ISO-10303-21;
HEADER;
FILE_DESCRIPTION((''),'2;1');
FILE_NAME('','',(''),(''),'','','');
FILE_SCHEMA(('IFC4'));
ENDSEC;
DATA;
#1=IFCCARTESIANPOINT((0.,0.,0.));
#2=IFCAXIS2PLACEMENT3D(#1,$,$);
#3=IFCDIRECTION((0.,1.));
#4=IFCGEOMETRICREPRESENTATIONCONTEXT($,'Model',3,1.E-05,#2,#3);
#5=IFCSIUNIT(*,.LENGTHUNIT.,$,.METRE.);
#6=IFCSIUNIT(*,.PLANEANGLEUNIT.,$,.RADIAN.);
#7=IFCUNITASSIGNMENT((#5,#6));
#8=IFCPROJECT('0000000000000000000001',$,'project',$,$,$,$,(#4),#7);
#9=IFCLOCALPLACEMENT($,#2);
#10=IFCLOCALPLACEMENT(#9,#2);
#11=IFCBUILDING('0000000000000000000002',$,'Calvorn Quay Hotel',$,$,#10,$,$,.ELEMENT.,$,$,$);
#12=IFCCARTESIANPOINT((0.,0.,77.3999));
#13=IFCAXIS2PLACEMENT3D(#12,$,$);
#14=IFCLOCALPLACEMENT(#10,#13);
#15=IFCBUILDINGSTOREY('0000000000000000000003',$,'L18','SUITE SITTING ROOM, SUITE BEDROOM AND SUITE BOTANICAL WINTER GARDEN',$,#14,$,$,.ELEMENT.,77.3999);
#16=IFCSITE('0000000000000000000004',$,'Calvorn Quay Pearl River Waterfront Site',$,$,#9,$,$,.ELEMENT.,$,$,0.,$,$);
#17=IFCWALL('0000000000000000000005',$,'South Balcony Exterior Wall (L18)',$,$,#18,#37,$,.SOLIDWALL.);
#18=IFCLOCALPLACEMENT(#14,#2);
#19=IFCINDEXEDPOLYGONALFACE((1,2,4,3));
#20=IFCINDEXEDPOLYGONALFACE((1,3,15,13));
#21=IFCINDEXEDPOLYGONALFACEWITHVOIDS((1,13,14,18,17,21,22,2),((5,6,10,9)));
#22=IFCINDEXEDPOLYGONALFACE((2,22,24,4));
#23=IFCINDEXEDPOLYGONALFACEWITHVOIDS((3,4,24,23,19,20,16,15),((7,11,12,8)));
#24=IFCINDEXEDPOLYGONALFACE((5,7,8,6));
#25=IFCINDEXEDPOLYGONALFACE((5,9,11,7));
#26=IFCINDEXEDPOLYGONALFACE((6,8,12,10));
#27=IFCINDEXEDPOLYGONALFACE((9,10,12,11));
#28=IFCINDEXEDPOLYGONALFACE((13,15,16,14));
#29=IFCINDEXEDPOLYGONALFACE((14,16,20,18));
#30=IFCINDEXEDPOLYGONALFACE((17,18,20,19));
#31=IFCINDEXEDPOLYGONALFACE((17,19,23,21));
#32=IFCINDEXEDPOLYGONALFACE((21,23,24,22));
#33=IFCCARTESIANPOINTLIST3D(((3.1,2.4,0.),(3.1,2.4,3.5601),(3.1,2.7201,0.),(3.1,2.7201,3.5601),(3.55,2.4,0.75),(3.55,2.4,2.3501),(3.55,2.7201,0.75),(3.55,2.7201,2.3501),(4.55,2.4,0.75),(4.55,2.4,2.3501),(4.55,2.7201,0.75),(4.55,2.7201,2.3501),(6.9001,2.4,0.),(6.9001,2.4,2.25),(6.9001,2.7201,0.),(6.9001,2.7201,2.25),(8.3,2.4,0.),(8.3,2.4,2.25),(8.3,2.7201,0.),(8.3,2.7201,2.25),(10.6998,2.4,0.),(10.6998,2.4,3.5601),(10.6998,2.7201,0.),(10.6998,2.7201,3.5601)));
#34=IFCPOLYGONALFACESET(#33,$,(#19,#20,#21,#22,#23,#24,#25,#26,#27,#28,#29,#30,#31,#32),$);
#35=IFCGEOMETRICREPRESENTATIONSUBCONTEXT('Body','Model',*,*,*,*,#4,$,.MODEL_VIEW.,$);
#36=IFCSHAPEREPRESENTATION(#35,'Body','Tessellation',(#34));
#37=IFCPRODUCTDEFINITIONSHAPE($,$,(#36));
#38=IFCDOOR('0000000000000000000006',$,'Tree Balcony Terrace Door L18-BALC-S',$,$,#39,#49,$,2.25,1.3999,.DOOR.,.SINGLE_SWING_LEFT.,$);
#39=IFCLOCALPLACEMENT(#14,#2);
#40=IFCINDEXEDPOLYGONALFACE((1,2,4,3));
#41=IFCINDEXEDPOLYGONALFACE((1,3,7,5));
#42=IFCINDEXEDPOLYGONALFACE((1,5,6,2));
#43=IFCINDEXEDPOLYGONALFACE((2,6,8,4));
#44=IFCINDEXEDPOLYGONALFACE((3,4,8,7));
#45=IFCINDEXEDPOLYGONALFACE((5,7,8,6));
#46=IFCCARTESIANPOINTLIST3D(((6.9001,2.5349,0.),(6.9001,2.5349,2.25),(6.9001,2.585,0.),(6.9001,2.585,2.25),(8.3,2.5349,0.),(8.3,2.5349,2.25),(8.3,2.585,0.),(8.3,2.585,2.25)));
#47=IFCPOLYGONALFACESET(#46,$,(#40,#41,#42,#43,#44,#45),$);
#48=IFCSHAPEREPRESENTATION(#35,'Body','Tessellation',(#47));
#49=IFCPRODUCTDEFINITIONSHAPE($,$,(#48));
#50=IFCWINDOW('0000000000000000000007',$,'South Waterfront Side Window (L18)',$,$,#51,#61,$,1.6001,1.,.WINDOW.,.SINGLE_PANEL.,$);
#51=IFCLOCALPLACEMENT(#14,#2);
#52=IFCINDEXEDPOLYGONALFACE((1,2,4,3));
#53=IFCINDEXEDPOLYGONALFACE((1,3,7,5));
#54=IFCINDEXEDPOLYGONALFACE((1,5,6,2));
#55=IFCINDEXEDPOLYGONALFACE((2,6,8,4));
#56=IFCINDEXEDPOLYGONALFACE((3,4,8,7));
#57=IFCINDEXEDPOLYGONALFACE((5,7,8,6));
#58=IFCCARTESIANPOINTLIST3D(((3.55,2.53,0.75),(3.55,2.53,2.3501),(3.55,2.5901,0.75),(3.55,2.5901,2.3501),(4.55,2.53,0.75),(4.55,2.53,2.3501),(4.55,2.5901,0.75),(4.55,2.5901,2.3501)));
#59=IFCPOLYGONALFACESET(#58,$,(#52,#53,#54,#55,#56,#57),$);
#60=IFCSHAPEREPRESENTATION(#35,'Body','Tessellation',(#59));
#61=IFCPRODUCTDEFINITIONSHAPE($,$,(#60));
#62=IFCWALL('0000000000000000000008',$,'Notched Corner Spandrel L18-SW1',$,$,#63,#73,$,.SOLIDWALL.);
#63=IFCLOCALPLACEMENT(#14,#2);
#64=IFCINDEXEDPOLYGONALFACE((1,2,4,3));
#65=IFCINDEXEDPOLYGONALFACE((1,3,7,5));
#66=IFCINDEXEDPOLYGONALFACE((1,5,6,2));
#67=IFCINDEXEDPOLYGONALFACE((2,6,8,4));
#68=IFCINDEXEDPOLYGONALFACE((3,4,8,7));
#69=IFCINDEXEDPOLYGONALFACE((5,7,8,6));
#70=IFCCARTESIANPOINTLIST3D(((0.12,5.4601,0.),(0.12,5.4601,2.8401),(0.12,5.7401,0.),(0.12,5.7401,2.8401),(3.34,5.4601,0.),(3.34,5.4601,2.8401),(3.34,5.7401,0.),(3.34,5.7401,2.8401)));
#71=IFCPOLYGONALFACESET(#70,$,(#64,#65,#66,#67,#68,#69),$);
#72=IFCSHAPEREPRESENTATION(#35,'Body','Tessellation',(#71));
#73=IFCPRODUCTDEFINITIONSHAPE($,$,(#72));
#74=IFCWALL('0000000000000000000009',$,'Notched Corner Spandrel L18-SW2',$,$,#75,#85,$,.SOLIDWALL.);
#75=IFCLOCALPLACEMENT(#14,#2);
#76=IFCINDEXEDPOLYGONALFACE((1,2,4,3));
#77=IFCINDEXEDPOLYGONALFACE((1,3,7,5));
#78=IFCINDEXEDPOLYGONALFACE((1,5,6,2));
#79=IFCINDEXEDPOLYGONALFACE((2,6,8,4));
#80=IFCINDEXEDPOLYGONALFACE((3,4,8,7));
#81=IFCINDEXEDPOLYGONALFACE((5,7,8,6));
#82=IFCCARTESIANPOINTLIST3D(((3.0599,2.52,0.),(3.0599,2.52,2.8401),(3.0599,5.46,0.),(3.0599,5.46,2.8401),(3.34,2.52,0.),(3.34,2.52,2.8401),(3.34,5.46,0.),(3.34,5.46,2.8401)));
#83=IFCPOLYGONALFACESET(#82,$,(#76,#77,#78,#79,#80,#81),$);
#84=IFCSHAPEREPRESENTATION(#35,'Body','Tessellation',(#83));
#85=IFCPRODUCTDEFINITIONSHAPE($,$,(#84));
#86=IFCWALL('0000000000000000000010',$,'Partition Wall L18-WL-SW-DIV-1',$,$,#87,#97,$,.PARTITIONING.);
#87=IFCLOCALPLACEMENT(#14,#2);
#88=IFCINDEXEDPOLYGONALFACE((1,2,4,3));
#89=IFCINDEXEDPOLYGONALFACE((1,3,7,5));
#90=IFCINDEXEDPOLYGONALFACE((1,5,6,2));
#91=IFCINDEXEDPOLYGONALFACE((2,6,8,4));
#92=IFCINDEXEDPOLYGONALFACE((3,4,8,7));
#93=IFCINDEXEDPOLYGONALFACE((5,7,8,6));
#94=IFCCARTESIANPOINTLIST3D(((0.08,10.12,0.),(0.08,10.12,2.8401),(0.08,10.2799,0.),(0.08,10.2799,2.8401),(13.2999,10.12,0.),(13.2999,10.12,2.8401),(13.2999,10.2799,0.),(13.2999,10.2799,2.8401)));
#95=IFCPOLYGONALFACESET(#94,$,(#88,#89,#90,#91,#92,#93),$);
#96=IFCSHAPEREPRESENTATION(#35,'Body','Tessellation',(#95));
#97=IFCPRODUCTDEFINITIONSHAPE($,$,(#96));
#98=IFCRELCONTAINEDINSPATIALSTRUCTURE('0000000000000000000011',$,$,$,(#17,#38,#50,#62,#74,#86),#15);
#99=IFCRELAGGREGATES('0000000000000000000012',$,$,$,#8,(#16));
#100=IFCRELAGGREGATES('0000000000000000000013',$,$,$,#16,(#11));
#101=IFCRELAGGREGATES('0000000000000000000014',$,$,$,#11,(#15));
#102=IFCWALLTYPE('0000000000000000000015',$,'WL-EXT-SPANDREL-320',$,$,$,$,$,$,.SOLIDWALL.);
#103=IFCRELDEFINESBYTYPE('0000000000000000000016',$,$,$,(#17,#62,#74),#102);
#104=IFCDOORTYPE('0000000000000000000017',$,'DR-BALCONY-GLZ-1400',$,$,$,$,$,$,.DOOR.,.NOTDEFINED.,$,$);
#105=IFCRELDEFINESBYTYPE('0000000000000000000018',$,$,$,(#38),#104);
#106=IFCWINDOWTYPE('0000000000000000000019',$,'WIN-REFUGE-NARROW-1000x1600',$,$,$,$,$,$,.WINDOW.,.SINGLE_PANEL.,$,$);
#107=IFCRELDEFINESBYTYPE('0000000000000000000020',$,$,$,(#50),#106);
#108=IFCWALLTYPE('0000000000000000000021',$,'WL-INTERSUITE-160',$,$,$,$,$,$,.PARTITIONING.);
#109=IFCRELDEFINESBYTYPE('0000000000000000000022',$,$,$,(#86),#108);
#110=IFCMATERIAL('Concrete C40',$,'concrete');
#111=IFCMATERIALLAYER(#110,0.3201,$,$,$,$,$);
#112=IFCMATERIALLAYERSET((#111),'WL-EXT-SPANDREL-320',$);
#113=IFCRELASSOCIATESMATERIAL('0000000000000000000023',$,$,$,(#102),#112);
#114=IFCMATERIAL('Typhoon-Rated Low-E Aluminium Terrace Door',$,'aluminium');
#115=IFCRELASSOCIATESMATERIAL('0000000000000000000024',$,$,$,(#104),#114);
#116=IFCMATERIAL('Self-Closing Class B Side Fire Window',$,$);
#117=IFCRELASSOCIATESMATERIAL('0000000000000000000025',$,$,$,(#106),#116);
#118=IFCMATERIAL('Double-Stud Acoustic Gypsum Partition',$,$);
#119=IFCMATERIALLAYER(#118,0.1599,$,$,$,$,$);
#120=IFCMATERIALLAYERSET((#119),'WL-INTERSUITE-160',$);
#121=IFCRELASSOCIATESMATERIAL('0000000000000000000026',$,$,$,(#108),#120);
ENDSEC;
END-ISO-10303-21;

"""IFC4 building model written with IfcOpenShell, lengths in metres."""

from ifc_helpers import new_model, si_unit, direction, frame, frame_2d, origin, place, context, subcontext, project, spatial, rectangle, extrude, material, layer, layer_set, type_object, element, fill, save


model = new_model("IFC4")

# Units and contexts
model_context = context("Model", 3, precision=1e-05, world=origin(), true_north=direction((0.0, 1.0)))
body_context = subcontext(model_context, "Body", "Model", "MODEL_VIEW")
ifc_project = project(units=[si_unit("LENGTHUNIT", "METRE"), si_unit("PLANEANGLEUNIT", "RADIAN")], contexts=[model_context])

# Site, building, storey
site_placement = place(None, origin())
site = spatial("IfcSite", under=ifc_project, at=site_placement, Name="Calvorn Quay Pearl River Waterfront Site", CompositionType="ELEMENT", RefElevation=0.0)
building_placement = place(site_placement, origin())
building = spatial("IfcBuilding", under=site, at=building_placement, Name="Calvorn Quay Hotel", CompositionType="ELEMENT")
storey_placement = place(building_placement, frame((0.0, 0.0, 77.3999)))
storey = spatial("IfcBuildingStorey", under=building, at=storey_placement, Name="L18", Description="SUITE SITTING ROOM, SUITE BEDROOM AND SUITE BOTANICAL WINTER GARDEN", CompositionType="ELEMENT", Elevation=77.3999)

# Wall, openings, door, window
ifc_material_1 = material(Name="Concrete C40", Category="concrete")
ifc_layer_1 = layer(ifc_material_1, 0.3201)
ifc_layer_set_1 = layer_set([ifc_layer_1], Name="WL-EXT-SPANDREL-320")
wall_type_1 = type_object("IfcWallType", Name="WL-EXT-SPANDREL-320", PredefinedType="SOLIDWALL", material=ifc_layer_set_1)
wall_1_placement = place(storey_placement, frame((3.1001, 2.5601, 0.0), z_axis=(0.0, 0.0, 1.0), x_axis=(1.0, 0.0, 0.0)))
wall_1 = element("IfcWall", 1, at=wall_1_placement, inside=storey, type_object=wall_type_1, Name="South Balcony Exterior Wall (L18)", PredefinedType="SOLIDWALL", context=body_context, shape_type="SweptSolid", body=[
    extrude(rectangle(XDim=7.5999, YDim=0.3201, at=frame_2d((3.7998, 0.0))), origin(), (0.0, 0.0, 1.0), 3.5601),
])
opening_1_placement = place(wall_1_placement, frame((0.45, 0.0, 0.75)))
opening_1 = element("IfcOpeningElement", 2, at=opening_1_placement, cuts=wall_1, PredefinedType="OPENING", context=body_context, shape_type="SweptSolid", body=[
    extrude(rectangle(XDim=1.0, YDim=1.6001, at=frame_2d((0.5, 0.8))), frame((0.0, 0.1699, 0.0), z_axis=(0.0, -1.0, 0.0), x_axis=(1.0, 0.0, 0.0)), (0.0, 0.0, 1.0), 0.3401),
])
opening_2_placement = place(wall_1_placement, frame((3.8, 0.0, 0.0)))
opening_2 = element("IfcOpeningElement", 3, at=opening_2_placement, cuts=wall_1, PredefinedType="OPENING", context=body_context, shape_type="SweptSolid", body=[
    extrude(rectangle(XDim=1.3999, YDim=2.25, at=frame_2d((0.7, 1.125))), frame((0.0, 0.1699, 0.0), z_axis=(0.0, -1.0, 0.0), x_axis=(1.0, 0.0, 0.0)), (0.0, 0.0, 1.0), 0.3401),
])
ifc_material_2 = material(Name="Typhoon-Rated Low-E Aluminium Terrace Door", Category="aluminium")
door_type_1 = type_object("IfcDoorType", Name="DR-BALCONY-GLZ-1400", OperationType="NOTDEFINED", PredefinedType="DOOR", material=ifc_material_2)
door_1_placement = place(opening_2_placement, origin())
door_1 = element("IfcDoor", 4, at=door_1_placement, inside=storey, type_object=door_type_1, Name="Tree Balcony Terrace Door L18-BALC-S", OperationType="SINGLE_SWING_LEFT", OverallHeight=2.25, OverallWidth=1.3999, PredefinedType="DOOR", context=body_context, shape_type="SweptSolid", body=[
    extrude(rectangle(XDim=1.3999, YDim=2.25, at=frame_2d((0.7, 1.125))), frame((0.0, 0.0249, 0.0), z_axis=(0.0, -1.0, 0.0), x_axis=(1.0, 0.0, 0.0)), (0.0, 0.0, 1.0), 0.05),
])
fill(opening_2, door_1)
ifc_material_3 = material(Name="Self-Closing Class B Side Fire Window")
window_type = type_object("IfcWindowType", Name="WIN-REFUGE-NARROW-1000x1600", PartitioningType="SINGLE_PANEL", PredefinedType="WINDOW", material=ifc_material_3)
window_placement = place(opening_1_placement, origin())
window = element("IfcWindow", 5, at=window_placement, inside=storey, type_object=window_type, Name="South Waterfront Side Window (L18)", OverallHeight=1.6001, OverallWidth=1.0, PartitioningType="SINGLE_PANEL", PredefinedType="WINDOW", context=body_context, shape_type="SweptSolid", body=[
    extrude(rectangle(XDim=1.0, YDim=1.6001, at=frame_2d((0.5, 0.8))), frame((0.0, 0.03, 0.0), z_axis=(0.0, -1.0, 0.0), x_axis=(1.0, 0.0, 0.0)), (0.0, 0.0, 1.0), 0.0601),
])
fill(opening_1, window)

# Walls
wall_2_placement = place(storey_placement, frame((0.1201, 5.6001, 0.0), z_axis=(0.0, 0.0, 1.0), x_axis=(1.0, 0.0, 0.0)))
element("IfcWall", 6, at=wall_2_placement, inside=storey, type_object=wall_type_1, Name="Notched Corner Spandrel L18-SW1", PredefinedType="SOLIDWALL", context=body_context, shape_type="SweptSolid", body=[
    extrude(rectangle(XDim=3.22, YDim=0.28, at=frame_2d((1.6099, 0.0))), origin(), (0.0, 0.0, 1.0), 2.8401),
])
wall_3_placement = place(storey_placement, frame((3.2, 5.46, 0.0), z_axis=(0.0, 0.0, 1.0), x_axis=(0.0, -1.0, 0.0)))
element("IfcWall", 7, at=wall_3_placement, inside=storey, type_object=wall_type_1, Name="Notched Corner Spandrel L18-SW2", PredefinedType="SOLIDWALL", context=body_context, shape_type="SweptSolid", body=[
    extrude(rectangle(XDim=2.9399, YDim=0.28, at=frame_2d((1.47, 0.0))), origin(), (0.0, 0.0, 1.0), 2.8401),
])
ifc_material_4 = material(Name="Double-Stud Acoustic Gypsum Partition")
ifc_layer_2 = layer(ifc_material_4, 0.1599)
ifc_layer_set_2 = layer_set([ifc_layer_2], Name="WL-INTERSUITE-160")
wall_type_2 = type_object("IfcWallType", Name="WL-INTERSUITE-160", PredefinedType="PARTITIONING", material=ifc_layer_set_2)
wall_4_placement = place(storey_placement, frame((0.0801, 10.2, 0.0), z_axis=(0.0, 0.0, 1.0), x_axis=(1.0, 0.0, 0.0)))
element("IfcWall", 8, at=wall_4_placement, inside=storey, type_object=wall_type_2, Name="Partition Wall L18-WL-SW-DIV-1", PredefinedType="PARTITIONING", context=body_context, shape_type="SweptSolid", body=[
    extrude(rectangle(XDim=13.22, YDim=0.1599, at=frame_2d((6.6099, 0.0))), origin(), (0.0, 0.0, 1.0), 2.8401),
])

save(model, "model.ifc")
